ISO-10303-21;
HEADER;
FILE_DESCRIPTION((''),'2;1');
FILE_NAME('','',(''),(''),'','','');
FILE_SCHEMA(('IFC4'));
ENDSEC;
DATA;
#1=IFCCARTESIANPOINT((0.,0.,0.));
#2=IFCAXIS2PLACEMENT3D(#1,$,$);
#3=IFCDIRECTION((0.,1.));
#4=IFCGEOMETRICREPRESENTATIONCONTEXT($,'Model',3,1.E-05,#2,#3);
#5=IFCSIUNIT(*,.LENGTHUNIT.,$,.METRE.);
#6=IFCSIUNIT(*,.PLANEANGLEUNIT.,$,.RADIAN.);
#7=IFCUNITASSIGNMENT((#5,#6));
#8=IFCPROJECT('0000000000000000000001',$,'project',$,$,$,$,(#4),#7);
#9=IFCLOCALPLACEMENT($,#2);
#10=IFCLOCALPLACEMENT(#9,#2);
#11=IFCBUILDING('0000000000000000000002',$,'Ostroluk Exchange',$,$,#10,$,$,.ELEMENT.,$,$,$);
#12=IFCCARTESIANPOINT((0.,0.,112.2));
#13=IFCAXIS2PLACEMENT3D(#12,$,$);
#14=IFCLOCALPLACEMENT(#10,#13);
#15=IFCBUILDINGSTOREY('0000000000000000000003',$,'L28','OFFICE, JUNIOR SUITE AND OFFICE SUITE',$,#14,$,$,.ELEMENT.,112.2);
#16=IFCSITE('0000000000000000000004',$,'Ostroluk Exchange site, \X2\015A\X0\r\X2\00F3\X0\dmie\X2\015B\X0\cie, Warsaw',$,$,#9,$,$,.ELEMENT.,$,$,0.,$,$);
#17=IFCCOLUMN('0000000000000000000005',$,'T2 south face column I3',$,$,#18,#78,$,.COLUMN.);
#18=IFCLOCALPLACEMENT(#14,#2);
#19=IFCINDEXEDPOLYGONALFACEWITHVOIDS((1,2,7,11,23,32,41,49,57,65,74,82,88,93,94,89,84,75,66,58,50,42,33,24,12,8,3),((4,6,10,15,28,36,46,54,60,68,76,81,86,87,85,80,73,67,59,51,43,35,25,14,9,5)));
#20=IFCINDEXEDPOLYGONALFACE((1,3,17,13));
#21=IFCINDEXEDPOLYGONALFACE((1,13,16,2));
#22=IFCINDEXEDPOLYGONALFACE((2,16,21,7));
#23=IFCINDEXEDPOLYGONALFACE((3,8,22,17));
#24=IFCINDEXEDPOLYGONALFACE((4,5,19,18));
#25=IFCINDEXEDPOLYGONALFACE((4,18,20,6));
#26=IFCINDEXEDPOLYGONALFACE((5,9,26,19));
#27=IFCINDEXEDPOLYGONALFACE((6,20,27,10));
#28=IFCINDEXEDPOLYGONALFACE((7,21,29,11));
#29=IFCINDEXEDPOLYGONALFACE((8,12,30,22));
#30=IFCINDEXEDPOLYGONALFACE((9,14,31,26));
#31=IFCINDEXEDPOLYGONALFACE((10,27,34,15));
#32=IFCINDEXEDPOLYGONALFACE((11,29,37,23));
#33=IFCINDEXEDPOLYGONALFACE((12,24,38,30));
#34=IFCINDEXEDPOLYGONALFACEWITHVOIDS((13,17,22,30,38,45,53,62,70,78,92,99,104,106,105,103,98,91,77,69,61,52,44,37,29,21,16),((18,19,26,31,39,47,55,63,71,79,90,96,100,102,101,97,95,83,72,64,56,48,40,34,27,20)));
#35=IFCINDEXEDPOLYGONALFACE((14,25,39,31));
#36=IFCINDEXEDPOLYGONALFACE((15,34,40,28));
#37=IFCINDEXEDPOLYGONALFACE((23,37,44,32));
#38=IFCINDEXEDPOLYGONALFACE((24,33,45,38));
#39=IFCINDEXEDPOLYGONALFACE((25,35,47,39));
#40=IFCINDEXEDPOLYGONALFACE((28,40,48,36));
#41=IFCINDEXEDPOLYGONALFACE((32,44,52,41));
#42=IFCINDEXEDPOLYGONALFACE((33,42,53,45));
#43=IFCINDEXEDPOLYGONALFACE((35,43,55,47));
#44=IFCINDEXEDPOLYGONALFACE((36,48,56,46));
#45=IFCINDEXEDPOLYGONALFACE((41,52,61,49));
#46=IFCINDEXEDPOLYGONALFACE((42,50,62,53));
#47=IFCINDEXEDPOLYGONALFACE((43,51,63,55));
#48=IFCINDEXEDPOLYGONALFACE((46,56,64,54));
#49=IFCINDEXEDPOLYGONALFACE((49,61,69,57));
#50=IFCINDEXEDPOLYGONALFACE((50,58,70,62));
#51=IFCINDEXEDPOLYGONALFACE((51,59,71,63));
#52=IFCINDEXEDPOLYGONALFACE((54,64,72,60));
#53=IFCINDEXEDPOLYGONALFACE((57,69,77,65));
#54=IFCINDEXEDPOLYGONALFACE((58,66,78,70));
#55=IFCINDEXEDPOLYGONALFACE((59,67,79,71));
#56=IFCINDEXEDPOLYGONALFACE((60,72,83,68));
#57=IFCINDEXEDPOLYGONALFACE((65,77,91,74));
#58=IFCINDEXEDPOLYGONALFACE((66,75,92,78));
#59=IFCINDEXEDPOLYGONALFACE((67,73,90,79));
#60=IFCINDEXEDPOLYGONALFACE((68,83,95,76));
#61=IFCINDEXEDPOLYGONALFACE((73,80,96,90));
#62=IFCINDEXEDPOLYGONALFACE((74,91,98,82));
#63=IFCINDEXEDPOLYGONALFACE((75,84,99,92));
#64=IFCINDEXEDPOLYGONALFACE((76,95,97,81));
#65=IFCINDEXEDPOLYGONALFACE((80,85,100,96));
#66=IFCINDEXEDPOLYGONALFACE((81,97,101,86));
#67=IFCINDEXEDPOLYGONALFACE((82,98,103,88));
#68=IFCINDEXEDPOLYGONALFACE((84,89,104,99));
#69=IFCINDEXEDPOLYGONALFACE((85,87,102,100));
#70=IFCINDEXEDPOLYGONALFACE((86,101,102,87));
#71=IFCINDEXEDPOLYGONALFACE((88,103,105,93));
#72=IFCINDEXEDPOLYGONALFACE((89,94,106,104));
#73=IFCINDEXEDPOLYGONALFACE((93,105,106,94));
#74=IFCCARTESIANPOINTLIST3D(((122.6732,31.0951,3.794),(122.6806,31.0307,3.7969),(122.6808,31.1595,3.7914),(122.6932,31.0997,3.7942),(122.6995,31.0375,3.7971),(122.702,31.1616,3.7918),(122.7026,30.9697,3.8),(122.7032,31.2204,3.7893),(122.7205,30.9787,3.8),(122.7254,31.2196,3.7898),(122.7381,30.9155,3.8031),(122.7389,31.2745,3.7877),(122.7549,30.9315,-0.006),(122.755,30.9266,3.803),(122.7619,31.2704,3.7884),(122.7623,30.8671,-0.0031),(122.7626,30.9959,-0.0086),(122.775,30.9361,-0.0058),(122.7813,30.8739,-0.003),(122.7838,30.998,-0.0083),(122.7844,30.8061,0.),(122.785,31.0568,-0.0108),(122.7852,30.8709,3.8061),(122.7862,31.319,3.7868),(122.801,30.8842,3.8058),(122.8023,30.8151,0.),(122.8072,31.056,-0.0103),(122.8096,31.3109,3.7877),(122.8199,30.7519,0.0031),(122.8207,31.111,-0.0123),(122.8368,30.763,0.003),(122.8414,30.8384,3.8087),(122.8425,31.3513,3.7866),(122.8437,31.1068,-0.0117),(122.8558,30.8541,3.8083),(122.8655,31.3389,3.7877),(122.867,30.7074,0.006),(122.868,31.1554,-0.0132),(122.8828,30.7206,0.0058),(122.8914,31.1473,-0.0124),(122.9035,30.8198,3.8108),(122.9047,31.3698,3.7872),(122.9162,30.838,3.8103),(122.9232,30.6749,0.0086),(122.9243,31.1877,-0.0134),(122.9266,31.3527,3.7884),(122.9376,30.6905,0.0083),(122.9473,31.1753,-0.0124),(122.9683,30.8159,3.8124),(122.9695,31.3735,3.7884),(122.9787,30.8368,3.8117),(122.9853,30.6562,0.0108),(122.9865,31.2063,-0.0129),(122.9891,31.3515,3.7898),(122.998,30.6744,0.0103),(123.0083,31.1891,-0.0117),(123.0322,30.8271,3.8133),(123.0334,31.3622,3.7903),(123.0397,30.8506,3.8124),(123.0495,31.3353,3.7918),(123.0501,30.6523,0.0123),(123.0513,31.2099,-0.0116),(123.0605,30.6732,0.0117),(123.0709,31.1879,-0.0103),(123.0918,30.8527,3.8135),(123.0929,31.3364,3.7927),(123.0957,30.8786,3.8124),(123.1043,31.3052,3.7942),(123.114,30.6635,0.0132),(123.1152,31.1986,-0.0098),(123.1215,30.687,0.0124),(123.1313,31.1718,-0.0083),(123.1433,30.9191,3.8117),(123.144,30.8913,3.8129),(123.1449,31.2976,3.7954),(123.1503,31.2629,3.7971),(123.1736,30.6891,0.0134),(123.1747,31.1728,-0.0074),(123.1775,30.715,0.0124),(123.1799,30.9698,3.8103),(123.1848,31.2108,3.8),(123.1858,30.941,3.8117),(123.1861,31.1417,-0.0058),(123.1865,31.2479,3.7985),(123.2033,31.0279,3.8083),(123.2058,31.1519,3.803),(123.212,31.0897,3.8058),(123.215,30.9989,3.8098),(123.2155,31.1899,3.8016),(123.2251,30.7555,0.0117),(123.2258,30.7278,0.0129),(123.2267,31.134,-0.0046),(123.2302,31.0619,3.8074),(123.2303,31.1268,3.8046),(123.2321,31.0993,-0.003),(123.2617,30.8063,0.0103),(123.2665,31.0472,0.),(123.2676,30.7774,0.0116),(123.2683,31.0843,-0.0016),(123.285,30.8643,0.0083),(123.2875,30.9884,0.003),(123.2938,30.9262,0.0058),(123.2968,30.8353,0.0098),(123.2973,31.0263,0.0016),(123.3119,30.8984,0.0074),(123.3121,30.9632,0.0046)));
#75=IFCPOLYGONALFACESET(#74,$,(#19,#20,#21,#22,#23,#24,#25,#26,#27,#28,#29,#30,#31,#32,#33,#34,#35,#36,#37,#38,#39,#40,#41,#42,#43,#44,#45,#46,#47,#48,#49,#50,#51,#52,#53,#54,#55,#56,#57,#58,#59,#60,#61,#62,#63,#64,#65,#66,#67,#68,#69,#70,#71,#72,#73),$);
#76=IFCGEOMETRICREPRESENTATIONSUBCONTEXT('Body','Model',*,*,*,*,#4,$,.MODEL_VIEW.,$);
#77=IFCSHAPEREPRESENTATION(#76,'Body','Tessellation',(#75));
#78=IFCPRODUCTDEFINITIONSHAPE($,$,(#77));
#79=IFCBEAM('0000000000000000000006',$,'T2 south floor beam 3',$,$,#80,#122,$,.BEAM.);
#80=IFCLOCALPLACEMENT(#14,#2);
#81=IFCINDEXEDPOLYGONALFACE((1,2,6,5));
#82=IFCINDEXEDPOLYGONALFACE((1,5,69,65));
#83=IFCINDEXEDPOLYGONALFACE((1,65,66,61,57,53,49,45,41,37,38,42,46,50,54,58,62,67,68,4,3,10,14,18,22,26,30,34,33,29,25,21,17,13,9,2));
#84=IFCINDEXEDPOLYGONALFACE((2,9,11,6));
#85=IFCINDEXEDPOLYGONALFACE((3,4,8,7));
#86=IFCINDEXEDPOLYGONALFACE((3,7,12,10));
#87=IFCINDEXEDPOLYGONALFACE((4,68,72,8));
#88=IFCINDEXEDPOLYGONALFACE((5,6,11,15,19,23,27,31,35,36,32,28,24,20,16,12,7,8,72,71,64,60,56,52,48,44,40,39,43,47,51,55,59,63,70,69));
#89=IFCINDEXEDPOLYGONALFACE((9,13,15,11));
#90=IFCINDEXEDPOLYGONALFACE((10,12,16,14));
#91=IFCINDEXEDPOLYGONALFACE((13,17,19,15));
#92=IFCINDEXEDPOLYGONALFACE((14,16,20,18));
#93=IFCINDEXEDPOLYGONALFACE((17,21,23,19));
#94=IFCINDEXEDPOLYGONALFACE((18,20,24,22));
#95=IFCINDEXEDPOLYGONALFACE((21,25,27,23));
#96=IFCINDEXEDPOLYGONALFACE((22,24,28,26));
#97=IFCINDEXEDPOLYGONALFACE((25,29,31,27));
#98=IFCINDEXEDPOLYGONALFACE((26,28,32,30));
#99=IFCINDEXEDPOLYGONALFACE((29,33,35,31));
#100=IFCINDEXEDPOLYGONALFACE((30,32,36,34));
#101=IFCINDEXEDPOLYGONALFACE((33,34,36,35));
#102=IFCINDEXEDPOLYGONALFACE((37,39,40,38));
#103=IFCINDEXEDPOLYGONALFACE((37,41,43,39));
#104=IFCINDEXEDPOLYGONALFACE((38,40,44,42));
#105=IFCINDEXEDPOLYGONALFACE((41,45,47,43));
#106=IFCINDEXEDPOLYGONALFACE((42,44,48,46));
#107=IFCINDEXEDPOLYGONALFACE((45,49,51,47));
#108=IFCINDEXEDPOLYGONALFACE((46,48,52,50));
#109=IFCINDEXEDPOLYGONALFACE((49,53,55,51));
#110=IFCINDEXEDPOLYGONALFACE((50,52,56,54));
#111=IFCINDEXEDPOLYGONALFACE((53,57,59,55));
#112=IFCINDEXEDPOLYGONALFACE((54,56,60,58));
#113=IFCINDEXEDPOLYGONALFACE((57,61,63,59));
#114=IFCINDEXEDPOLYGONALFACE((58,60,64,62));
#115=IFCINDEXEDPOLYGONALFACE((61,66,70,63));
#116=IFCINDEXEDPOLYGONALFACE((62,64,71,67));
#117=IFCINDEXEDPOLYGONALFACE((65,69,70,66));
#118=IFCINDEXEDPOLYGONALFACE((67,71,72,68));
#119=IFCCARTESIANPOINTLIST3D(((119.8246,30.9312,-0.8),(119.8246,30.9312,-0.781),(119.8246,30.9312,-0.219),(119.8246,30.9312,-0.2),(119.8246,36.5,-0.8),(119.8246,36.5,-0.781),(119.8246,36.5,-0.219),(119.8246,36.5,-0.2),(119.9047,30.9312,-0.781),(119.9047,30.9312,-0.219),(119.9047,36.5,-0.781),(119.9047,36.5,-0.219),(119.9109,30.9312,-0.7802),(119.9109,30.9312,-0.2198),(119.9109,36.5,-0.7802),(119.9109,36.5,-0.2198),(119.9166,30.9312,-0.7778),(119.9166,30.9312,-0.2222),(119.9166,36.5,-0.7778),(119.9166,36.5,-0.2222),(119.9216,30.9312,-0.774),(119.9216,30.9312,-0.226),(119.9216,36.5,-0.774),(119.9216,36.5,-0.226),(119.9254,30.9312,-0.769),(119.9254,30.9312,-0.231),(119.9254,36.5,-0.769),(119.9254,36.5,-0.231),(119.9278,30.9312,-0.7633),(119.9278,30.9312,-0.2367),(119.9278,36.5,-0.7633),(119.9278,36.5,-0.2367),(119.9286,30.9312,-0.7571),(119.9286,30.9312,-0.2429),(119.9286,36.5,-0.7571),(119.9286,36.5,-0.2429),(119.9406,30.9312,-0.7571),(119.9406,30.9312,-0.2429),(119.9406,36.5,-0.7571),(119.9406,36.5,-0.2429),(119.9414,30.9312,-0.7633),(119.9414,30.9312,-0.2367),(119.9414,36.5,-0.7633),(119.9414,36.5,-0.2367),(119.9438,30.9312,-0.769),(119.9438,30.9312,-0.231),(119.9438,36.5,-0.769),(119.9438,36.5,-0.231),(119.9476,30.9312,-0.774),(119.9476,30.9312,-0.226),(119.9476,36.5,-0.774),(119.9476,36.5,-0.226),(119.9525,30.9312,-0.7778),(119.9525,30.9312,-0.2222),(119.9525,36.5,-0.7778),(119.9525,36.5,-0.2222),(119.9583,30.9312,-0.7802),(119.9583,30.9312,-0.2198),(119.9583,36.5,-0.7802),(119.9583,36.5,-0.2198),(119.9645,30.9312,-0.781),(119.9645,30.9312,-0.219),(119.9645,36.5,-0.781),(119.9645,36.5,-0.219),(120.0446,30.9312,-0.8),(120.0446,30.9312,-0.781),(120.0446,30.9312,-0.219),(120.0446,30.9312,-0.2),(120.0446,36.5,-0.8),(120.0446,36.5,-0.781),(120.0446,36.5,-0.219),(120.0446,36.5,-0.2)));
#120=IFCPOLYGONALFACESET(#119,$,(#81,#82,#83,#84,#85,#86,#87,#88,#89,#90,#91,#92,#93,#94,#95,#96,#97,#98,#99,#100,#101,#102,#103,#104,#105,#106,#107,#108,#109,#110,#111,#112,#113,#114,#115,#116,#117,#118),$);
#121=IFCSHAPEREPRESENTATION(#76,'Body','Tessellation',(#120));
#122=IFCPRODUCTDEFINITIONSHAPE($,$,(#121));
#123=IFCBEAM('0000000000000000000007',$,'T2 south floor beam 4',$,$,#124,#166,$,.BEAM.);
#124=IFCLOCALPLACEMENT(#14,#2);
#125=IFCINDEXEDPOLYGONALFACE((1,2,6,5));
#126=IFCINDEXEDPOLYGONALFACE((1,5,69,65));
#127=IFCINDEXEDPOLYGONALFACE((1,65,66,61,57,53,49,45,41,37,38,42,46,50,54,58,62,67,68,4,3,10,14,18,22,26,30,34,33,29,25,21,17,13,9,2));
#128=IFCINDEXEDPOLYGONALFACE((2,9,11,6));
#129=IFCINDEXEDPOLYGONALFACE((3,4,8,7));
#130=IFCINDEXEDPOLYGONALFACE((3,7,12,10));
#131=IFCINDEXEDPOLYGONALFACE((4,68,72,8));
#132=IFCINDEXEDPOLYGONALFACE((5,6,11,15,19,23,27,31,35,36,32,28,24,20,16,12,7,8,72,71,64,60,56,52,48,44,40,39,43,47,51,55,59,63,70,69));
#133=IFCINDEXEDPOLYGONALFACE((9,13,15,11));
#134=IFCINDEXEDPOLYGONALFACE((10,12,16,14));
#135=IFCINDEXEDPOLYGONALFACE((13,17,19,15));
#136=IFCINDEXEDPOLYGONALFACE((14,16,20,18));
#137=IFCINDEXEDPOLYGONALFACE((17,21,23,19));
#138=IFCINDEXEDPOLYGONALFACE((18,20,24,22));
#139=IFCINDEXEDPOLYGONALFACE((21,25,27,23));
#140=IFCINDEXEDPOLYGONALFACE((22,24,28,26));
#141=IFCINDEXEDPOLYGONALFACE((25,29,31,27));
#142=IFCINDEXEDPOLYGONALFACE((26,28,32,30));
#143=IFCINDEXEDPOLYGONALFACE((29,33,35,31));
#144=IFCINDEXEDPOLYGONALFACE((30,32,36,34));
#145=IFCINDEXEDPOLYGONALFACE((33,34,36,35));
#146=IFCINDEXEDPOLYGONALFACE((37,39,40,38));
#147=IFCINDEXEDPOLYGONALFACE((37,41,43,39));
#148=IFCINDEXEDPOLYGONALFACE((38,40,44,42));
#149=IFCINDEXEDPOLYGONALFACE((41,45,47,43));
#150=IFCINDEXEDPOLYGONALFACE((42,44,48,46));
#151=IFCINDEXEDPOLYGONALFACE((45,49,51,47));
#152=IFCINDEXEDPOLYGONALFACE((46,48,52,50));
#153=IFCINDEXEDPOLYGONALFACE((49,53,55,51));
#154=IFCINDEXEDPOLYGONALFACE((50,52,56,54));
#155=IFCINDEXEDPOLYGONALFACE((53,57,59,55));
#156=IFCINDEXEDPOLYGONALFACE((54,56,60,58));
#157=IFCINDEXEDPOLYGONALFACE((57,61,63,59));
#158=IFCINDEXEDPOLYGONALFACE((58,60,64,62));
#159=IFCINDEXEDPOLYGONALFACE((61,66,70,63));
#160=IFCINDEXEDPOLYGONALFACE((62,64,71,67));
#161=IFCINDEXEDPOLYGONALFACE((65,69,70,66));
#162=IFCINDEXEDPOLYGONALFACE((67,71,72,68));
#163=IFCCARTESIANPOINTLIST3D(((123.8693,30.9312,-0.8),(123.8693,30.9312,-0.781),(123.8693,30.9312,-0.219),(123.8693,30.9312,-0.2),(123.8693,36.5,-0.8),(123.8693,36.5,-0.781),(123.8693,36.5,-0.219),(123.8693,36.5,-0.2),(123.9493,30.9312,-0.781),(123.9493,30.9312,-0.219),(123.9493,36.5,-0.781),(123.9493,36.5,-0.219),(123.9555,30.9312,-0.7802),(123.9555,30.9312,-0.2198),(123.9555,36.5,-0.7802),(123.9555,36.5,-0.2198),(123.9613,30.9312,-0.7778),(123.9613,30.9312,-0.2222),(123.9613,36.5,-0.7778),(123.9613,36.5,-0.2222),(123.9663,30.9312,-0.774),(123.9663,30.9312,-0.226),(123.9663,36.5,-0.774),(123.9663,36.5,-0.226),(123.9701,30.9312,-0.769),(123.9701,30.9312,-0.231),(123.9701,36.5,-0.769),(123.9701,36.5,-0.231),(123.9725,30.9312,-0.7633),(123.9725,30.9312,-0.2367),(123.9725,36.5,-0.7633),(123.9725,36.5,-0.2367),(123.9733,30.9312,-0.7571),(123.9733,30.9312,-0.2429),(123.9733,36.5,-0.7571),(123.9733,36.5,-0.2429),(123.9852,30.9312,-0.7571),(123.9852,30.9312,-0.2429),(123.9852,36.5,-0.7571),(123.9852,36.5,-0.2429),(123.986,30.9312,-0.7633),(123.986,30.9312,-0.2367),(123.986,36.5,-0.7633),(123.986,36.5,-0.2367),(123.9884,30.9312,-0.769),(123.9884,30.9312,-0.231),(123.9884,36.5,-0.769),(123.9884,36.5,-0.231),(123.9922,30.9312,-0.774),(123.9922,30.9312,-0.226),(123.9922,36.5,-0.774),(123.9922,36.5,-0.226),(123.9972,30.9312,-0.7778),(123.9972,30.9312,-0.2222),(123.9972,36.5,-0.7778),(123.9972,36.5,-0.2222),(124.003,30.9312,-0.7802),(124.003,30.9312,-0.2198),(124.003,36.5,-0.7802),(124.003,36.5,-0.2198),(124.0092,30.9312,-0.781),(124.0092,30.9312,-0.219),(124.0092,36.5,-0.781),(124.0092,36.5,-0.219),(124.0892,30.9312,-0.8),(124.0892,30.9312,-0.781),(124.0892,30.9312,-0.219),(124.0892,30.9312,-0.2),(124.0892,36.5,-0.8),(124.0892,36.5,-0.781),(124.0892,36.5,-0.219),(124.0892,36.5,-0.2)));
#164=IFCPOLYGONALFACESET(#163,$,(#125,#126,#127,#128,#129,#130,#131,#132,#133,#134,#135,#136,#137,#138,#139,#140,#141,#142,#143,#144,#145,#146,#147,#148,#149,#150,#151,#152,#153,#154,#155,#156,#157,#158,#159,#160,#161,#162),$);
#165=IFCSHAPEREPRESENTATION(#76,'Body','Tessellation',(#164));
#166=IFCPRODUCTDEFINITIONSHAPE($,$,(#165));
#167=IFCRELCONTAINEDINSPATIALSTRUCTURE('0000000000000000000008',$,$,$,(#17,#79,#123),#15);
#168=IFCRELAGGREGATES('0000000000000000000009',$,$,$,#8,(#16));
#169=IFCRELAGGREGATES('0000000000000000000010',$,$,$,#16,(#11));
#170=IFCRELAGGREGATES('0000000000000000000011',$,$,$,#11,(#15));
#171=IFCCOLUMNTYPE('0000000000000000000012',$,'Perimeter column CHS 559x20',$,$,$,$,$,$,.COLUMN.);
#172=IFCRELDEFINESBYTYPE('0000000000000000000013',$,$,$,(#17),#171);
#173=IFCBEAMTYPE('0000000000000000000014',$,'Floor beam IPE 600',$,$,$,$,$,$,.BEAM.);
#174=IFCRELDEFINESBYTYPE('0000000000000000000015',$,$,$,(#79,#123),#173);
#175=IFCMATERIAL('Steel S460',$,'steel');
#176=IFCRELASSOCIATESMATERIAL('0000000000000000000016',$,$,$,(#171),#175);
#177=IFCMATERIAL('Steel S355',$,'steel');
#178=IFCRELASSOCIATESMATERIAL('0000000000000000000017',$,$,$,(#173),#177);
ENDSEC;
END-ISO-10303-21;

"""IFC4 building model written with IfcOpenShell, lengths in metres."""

from ifc_helpers import new_model, si_unit, direction, frame, origin, origin_2d, place, context, subcontext, project, spatial, hollow_circle, i_section, extrude, material, material_profile, profile_set, type_object, element, save


model = new_model("IFC4")

# Units and contexts
model_context = context("Model", 3, precision=1e-05, world=origin(), true_north=direction((0.0, 1.0)))
body_context = subcontext(model_context, "Body", "Model", "MODEL_VIEW")
ifc_project = project(units=[si_unit("LENGTHUNIT", "METRE"), si_unit("PLANEANGLEUNIT", "RADIAN")], contexts=[model_context])

# Site, building, storey
site_placement = place(None, origin())
site = spatial("IfcSite", under=ifc_project, at=site_placement, Name="Ostroluk Exchange site, Śródmieście, Warsaw", CompositionType="ELEMENT", RefElevation=0.0)
building_placement = place(site_placement, origin())
building = spatial("IfcBuilding", under=site, at=building_placement, Name="Ostroluk Exchange", CompositionType="ELEMENT")
storey_placement = place(building_placement, frame((0.0, 0.0, 112.2)))
storey = spatial("IfcBuildingStorey", under=building, at=storey_placement, Name="L28", Description="OFFICE, JUNIOR SUITE AND OFFICE SUITE", CompositionType="ELEMENT", Elevation=112.2)

# Column
ifc_material_1 = material(Name="Steel S460", Category="steel")
ifc_material_profile_1 = material_profile(ifc_material_1, hollow_circle(Radius=0.2795, WallThickness=0.02, at=origin_2d()), Name="CHS 559x20")
ifc_profile_set_1 = profile_set([ifc_material_profile_1], Name="Steel S460")
column_type = type_object("IfcColumnType", Name="Perimeter column CHS 559x20", PredefinedType="COLUMN", material=ifc_profile_set_1)
column_placement = place(storey_placement, frame((123.0344, 30.9312, 0.0), z_axis=(-0.021498, 0.042996, 0.998844), x_axis=(-0.894427, -0.447214, 0.0)))
element("IfcColumn", 1, at=column_placement, inside=storey, type_object=column_type, Name="T2 south face column I3", PredefinedType="COLUMN", context=body_context, shape_type="SweptSolid", body=[
    extrude(hollow_circle(Radius=0.2795, WallThickness=0.02, at=origin_2d()), origin(), (0.0, 0.0, 1.0), 3.8044),
])

# Beams
ifc_material_2 = material(Name="Steel S355", Category="steel")
ifc_material_profile_2 = material_profile(ifc_material_2, i_section(OverallWidth=0.22, OverallDepth=0.6001, WebThickness=0.012, FlangeThickness=0.019, FilletRadius=0.0239, at=origin_2d()), Name="IPE 600")
ifc_profile_set_2 = profile_set([ifc_material_profile_2], Name="Steel S355")
beam_type_1 = type_object("IfcBeamType", Name="Floor beam IPE 600", PredefinedType="BEAM", material=ifc_profile_set_2)
for number, where, z_axis, x_axis, name in (
    (2, (119.9346, 36.5, -0.5), (0.0, -1.0, 0.0), (1.0, 0.0, 0.0), "T2 south floor beam 3"),
    (3, (123.9792, 36.5, -0.5), (0.0, -1.0, 0.0), (1.0, 0.0, 0.0), "T2 south floor beam 4"),
):
    element("IfcBeam", number, at=place(storey_placement, frame(where, z_axis=z_axis, x_axis=x_axis)), inside=storey, type_object=beam_type_1, Name=name, PredefinedType="BEAM", context=body_context, shape_type="SweptSolid", body=[
        extrude(i_section(OverallWidth=0.22, OverallDepth=0.6001, WebThickness=0.012, FlangeThickness=0.019, FilletRadius=0.0239, at=origin_2d()), origin(), (0.0, 0.0, 1.0), 5.5688),
    ])

save(model, "model.ifc")
